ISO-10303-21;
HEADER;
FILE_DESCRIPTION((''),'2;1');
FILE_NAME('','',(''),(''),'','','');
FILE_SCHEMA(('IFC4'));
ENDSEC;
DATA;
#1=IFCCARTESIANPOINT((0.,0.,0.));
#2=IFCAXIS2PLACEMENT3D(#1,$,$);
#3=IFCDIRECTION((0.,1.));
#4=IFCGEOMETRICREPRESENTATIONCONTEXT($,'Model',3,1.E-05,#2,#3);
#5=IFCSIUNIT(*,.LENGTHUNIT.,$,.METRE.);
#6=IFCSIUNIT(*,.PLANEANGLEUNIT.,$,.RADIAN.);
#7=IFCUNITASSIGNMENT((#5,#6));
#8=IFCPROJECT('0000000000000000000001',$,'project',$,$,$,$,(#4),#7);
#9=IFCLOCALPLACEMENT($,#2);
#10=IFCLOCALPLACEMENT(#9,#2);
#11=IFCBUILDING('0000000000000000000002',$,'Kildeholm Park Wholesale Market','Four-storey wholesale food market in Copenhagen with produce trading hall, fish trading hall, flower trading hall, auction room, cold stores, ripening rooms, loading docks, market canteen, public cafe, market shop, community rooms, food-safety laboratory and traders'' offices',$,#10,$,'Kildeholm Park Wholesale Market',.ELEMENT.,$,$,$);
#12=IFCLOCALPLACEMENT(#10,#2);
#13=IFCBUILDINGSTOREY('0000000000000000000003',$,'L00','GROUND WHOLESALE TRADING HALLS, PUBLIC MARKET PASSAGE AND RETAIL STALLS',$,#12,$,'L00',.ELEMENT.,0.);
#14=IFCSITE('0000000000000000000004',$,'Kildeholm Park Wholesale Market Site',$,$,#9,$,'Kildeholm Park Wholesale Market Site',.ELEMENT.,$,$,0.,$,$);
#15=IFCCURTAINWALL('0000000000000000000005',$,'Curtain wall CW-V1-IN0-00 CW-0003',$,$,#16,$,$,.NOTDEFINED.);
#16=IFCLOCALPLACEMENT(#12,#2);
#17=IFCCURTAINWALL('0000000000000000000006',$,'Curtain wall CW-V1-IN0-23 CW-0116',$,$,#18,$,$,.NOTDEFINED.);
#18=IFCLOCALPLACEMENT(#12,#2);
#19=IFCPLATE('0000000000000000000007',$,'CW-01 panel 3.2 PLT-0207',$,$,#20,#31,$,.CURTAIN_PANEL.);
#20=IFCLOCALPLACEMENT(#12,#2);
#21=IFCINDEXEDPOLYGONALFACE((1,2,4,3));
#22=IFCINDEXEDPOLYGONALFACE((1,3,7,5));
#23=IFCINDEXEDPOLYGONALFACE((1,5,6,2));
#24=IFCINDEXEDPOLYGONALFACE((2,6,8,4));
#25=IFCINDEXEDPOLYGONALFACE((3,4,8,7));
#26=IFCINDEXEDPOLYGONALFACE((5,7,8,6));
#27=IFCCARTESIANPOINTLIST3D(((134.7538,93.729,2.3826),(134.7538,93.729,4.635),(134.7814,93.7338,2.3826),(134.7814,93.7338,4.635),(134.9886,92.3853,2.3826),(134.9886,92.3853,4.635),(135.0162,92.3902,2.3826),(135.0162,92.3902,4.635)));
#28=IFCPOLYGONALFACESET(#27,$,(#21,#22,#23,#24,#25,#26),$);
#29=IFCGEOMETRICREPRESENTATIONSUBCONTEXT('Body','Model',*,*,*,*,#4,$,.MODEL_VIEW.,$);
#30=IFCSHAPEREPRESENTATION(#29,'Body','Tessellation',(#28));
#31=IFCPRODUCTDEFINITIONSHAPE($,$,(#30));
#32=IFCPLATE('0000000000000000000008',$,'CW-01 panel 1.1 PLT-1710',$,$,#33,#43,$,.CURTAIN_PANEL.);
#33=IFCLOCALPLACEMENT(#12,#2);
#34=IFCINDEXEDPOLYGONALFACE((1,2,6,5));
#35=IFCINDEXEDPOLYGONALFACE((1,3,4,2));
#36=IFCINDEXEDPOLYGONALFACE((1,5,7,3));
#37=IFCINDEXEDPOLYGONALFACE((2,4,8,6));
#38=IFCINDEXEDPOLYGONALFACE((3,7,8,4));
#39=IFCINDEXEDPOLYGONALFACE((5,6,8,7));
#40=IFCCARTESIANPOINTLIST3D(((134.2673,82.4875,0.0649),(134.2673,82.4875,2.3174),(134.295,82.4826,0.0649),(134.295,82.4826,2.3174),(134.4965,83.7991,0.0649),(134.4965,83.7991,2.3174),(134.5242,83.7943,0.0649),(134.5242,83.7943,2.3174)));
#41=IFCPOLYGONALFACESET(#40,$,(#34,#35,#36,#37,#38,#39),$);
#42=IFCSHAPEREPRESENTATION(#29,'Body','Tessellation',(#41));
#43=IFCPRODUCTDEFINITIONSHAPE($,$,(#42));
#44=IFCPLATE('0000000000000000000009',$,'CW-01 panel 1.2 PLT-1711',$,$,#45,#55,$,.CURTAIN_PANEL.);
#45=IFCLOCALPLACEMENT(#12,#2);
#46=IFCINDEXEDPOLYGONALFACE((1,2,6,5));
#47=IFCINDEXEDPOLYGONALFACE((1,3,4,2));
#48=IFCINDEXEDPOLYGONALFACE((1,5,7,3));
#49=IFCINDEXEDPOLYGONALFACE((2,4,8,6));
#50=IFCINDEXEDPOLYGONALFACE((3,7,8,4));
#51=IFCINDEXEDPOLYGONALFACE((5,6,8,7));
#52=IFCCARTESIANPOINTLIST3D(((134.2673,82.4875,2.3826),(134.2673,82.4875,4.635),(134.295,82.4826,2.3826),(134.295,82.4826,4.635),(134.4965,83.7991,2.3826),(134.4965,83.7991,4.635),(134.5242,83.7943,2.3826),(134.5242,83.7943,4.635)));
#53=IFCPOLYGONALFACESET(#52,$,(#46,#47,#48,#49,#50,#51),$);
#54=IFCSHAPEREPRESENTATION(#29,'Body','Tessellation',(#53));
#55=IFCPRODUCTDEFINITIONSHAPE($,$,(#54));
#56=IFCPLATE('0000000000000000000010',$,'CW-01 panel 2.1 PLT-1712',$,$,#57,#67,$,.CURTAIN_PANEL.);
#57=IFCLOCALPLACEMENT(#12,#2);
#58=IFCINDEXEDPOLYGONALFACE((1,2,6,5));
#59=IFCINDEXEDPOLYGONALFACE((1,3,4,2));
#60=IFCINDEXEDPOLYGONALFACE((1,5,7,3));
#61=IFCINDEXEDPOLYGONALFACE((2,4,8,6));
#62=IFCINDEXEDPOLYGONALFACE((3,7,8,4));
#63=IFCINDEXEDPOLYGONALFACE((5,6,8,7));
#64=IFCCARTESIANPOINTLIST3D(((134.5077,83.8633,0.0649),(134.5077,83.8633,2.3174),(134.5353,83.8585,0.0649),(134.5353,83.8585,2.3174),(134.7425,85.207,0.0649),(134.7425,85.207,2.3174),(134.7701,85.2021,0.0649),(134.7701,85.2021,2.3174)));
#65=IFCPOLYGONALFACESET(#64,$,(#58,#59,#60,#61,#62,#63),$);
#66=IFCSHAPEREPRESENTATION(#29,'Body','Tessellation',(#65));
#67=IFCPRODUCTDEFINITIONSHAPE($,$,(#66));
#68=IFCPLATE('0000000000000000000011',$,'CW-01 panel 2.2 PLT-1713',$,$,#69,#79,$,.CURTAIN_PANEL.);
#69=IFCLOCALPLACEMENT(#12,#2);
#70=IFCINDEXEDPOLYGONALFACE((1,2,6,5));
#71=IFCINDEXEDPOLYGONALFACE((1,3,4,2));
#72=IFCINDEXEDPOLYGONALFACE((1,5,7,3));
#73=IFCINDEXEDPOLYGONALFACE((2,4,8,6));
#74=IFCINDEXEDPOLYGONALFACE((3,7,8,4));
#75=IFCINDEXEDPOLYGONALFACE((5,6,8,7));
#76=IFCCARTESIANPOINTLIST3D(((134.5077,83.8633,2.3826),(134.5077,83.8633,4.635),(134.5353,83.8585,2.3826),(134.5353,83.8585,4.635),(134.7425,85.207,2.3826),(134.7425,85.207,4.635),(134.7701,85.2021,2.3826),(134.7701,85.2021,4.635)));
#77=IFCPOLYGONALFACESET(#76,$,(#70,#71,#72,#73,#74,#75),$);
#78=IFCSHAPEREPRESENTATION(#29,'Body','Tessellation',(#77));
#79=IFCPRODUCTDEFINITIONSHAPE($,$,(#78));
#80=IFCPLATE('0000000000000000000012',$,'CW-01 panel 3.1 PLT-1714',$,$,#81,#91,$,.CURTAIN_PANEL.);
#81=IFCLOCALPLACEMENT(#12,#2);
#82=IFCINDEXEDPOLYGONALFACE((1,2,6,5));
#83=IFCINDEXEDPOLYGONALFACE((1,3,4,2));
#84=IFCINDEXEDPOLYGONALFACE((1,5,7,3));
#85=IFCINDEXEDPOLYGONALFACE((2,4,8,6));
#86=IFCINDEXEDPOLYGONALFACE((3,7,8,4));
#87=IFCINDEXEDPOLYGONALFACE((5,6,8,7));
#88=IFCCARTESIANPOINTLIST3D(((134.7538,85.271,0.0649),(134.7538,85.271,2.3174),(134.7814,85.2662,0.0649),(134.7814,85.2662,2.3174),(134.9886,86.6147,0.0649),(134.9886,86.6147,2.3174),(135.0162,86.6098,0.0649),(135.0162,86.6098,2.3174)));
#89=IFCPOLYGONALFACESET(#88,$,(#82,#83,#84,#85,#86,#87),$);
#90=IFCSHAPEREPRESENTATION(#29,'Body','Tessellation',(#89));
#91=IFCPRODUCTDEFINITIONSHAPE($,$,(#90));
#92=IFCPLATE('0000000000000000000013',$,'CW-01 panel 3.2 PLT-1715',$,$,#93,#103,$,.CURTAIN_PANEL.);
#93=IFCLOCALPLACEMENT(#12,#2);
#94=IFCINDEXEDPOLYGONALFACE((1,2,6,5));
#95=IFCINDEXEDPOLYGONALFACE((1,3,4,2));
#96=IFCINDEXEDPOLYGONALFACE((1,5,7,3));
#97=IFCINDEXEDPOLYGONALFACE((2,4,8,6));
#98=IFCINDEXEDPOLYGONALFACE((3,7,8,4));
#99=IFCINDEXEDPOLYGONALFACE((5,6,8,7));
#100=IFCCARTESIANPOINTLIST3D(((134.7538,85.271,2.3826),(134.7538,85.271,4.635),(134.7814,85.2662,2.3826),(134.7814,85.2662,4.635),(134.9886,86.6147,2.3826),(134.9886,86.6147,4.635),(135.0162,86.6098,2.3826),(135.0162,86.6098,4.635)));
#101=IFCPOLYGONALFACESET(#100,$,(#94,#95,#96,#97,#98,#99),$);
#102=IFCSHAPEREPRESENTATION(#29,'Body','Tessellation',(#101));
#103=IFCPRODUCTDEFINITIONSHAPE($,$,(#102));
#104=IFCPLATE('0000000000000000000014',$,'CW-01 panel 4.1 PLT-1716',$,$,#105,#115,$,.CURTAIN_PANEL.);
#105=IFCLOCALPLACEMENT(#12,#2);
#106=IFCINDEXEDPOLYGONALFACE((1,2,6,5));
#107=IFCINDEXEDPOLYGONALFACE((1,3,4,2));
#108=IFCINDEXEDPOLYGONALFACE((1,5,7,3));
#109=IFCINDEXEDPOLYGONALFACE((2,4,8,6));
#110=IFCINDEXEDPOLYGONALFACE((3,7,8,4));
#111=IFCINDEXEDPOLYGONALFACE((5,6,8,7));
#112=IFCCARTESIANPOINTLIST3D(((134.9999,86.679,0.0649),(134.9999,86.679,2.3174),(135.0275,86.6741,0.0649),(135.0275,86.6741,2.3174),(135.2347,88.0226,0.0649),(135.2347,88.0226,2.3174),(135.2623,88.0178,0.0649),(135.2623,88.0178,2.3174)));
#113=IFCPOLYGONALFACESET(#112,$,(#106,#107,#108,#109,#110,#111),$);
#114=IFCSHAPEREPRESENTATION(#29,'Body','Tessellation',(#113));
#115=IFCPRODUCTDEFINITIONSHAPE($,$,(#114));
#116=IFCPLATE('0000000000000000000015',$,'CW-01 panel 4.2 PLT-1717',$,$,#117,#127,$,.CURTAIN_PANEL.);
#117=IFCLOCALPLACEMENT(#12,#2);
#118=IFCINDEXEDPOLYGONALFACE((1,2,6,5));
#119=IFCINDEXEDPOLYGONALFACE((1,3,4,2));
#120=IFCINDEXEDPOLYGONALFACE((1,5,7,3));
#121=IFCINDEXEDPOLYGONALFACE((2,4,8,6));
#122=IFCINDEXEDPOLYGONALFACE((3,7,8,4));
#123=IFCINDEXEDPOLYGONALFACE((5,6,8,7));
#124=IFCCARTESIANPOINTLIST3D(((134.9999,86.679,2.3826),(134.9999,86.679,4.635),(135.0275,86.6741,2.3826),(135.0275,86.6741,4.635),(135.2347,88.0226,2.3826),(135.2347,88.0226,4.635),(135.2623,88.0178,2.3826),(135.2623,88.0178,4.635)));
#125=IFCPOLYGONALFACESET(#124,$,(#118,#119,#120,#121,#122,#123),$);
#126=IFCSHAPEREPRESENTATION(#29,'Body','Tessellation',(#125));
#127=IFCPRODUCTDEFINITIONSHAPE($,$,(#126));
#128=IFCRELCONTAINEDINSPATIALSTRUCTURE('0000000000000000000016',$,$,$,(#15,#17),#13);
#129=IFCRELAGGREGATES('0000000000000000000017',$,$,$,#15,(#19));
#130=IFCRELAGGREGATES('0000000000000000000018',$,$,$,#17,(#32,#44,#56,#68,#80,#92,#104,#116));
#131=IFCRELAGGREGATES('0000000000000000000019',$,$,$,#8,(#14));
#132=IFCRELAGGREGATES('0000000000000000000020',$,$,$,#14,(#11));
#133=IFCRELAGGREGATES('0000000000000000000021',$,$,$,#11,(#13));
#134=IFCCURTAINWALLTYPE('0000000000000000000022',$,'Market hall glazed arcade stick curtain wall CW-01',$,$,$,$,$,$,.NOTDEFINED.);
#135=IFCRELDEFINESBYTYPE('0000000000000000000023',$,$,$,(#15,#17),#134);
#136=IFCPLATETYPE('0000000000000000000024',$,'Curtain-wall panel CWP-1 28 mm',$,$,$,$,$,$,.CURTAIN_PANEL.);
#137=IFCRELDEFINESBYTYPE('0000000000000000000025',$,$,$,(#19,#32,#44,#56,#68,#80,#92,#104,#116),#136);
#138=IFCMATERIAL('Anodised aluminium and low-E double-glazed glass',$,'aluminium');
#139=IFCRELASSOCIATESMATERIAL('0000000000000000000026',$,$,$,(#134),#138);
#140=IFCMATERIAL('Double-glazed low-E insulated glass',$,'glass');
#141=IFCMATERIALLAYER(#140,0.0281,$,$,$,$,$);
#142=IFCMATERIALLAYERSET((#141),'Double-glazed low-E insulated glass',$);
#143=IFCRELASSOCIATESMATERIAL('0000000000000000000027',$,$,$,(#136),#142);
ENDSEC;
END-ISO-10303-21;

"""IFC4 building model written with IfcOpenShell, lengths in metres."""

from ifc_helpers import new_model, si_unit, direction, frame, origin, origin_2d, place, context, subcontext, project, spatial, rectangle, extrude, material, layer, layer_set, type_object, element, aggregate, save


model = new_model("IFC4")

# Units and contexts
model_context = context("Model", 3, precision=1e-05, world=origin(), true_north=direction((0.0, 1.0)))
body_context = subcontext(model_context, "Body", "Model", "MODEL_VIEW")
ifc_project = project(units=[si_unit("LENGTHUNIT", "METRE"), si_unit("PLANEANGLEUNIT", "RADIAN")], contexts=[model_context])

# Site, building, storey
site_placement = place(None, origin())
site = spatial("IfcSite", under=ifc_project, at=site_placement, Name="Kildeholm Park Wholesale Market Site", LongName="Kildeholm Park Wholesale Market Site", CompositionType="ELEMENT", RefElevation=0.0)
building_placement = place(site_placement, origin())
building = spatial("IfcBuilding", under=site, at=building_placement, Name="Kildeholm Park Wholesale Market", Description="Four-storey wholesale food market in Copenhagen with produce trading hall, fish trading hall, flower trading hall, auction room, cold stores, ripening rooms, loading docks, market canteen, public cafe, market shop, community rooms, food-safety laboratory and traders' offices", LongName="Kildeholm Park Wholesale Market", CompositionType="ELEMENT")
storey_placement = place(building_placement, origin())
storey = spatial("IfcBuildingStorey", under=building, at=storey_placement, Name="L00", Description="GROUND WHOLESALE TRADING HALLS, PUBLIC MARKET PASSAGE AND RETAIL STALLS", LongName="L00", CompositionType="ELEMENT", Elevation=0.0)

# Curtain walls
ifc_material_1 = material(Name="Anodised aluminium and low-E double-glazed glass", Category="aluminium")
curtain_wall_type = type_object("IfcCurtainWallType", Name="Market hall glazed arcade stick curtain wall CW-01", PredefinedType="NOTDEFINED", material=ifc_material_1)
curtain_wall_1_placement = place(storey_placement, origin())
curtain_wall_1 = element("IfcCurtainWall", 1, at=curtain_wall_1_placement, inside=storey, type_object=curtain_wall_type, Name="Curtain wall CW-V1-IN0-00 CW-0003", PredefinedType="NOTDEFINED")
curtain_wall_2_placement = place(storey_placement, origin())
curtain_wall_2 = element("IfcCurtainWall", 2, at=curtain_wall_2_placement, inside=storey, type_object=curtain_wall_type, Name="Curtain wall CW-V1-IN0-23 CW-0116", PredefinedType="NOTDEFINED")

# Plates
ifc_material_2 = material(Name="Double-glazed low-E insulated glass", Category="glass")
ifc_layer = layer(ifc_material_2, 0.0281)
ifc_layer_set = layer_set([ifc_layer], Name="Double-glazed low-E insulated glass")
plate_type = type_object("IfcPlateType", Name="Curtain-wall panel CWP-1 28 mm", PredefinedType="CURTAIN_PANEL", material=ifc_layer_set)
plate_1_placement = place(storey_placement, frame((134.885, 93.0596, 2.3826), z_axis=(0.0, 0.0, 1.0), x_axis=(-0.172133, 0.985074, 0.0)))
plate_1 = element("IfcPlate", 3, at=plate_1_placement, type_object=plate_type, Name="CW-01 panel 3.2 PLT-0207", PredefinedType="CURTAIN_PANEL", context=body_context, shape_type="SweptSolid", body=[
    extrude(rectangle(XDim=1.364, YDim=0.0281, at=origin_2d()), origin(), (0.0, 0.0, 1.0), 2.2524),
])
aggregate(curtain_wall_1, [plate_1])
plate_2_placement = place(storey_placement, frame((134.3958, 83.1409, 0.0649), z_axis=(0.0, 0.0, 1.0), x_axis=(0.172133, 0.985074, 0.0)))
plate_2 = element("IfcPlate", 4, at=plate_2_placement, type_object=plate_type, Name="CW-01 panel 1.1 PLT-1710", PredefinedType="CURTAIN_PANEL", context=body_context, shape_type="SweptSolid", body=[
    extrude(rectangle(XDim=1.3315, YDim=0.0281, at=origin_2d()), origin(), (0.0, 0.0, 1.0), 2.2524),
])
plate_3_placement = place(storey_placement, frame((134.3958, 83.1409, 2.3826), z_axis=(0.0, 0.0, 1.0), x_axis=(0.172133, 0.985074, 0.0)))
plate_3 = element("IfcPlate", 5, at=plate_3_placement, type_object=plate_type, Name="CW-01 panel 1.2 PLT-1711", PredefinedType="CURTAIN_PANEL", context=body_context, shape_type="SweptSolid", body=[
    extrude(rectangle(XDim=1.3315, YDim=0.0281, at=origin_2d()), origin(), (0.0, 0.0, 1.0), 2.2524),
])
plate_4_placement = place(storey_placement, frame((134.6389, 84.5327, 0.0649), z_axis=(0.0, 0.0, 1.0), x_axis=(0.172133, 0.985074, 0.0)))
plate_4 = element("IfcPlate", 6, at=plate_4_placement, type_object=plate_type, Name="CW-01 panel 2.1 PLT-1712", PredefinedType="CURTAIN_PANEL", context=body_context, shape_type="SweptSolid", body=[
    extrude(rectangle(XDim=1.364, YDim=0.0281, at=origin_2d()), origin(), (0.0, 0.0, 1.0), 2.2524),
])
plate_5_placement = place(storey_placement, frame((134.6389, 84.5327, 2.3826), z_axis=(0.0, 0.0, 1.0), x_axis=(0.172133, 0.985074, 0.0)))
plate_5 = element("IfcPlate", 7, at=plate_5_placement, type_object=plate_type, Name="CW-01 panel 2.2 PLT-1713", PredefinedType="CURTAIN_PANEL", context=body_context, shape_type="SweptSolid", body=[
    extrude(rectangle(XDim=1.364, YDim=0.0281, at=origin_2d()), origin(), (0.0, 0.0, 1.0), 2.2524),
])
plate_6_placement = place(storey_placement, frame((134.885, 85.9404, 0.0649), z_axis=(0.0, 0.0, 1.0), x_axis=(0.172133, 0.985074, 0.0)))
plate_6 = element("IfcPlate", 8, at=plate_6_placement, type_object=plate_type, Name="CW-01 panel 3.1 PLT-1714", PredefinedType="CURTAIN_PANEL", context=body_context, shape_type="SweptSolid", body=[
    extrude(rectangle(XDim=1.364, YDim=0.0281, at=origin_2d()), origin(), (0.0, 0.0, 1.0), 2.2524),
])
plate_7_placement = place(storey_placement, frame((134.885, 85.9404, 2.3826), z_axis=(0.0, 0.0, 1.0), x_axis=(0.172133, 0.985074, 0.0)))
plate_7 = element("IfcPlate", 9, at=plate_7_placement, type_object=plate_type, Name="CW-01 panel 3.2 PLT-1715", PredefinedType="CURTAIN_PANEL", context=body_context, shape_type="SweptSolid", body=[
    extrude(rectangle(XDim=1.364, YDim=0.0281, at=origin_2d()), origin(), (0.0, 0.0, 1.0), 2.2524),
])
plate_8_placement = place(storey_placement, frame((135.1311, 87.3484, 0.0649), z_axis=(0.0, 0.0, 1.0), x_axis=(0.172133, 0.985074, 0.0)))
plate_8 = element("IfcPlate", 10, at=plate_8_placement, type_object=plate_type, Name="CW-01 panel 4.1 PLT-1716", PredefinedType="CURTAIN_PANEL", context=body_context, shape_type="SweptSolid", body=[
    extrude(rectangle(XDim=1.364, YDim=0.0281, at=origin_2d()), origin(), (0.0, 0.0, 1.0), 2.2524),
])
plate_9_placement = place(storey_placement, frame((135.1311, 87.3484, 2.3826), z_axis=(0.0, 0.0, 1.0), x_axis=(0.172133, 0.985074, 0.0)))
plate_9 = element("IfcPlate", 11, at=plate_9_placement, type_object=plate_type, Name="CW-01 panel 4.2 PLT-1717", PredefinedType="CURTAIN_PANEL", context=body_context, shape_type="SweptSolid", body=[
    extrude(rectangle(XDim=1.364, YDim=0.0281, at=origin_2d()), origin(), (0.0, 0.0, 1.0), 2.2524),
])
aggregate(curtain_wall_2, [plate_2, plate_3, plate_4, plate_5, plate_6, plate_7, plate_8, plate_9])

save(model, "model.ifc")
